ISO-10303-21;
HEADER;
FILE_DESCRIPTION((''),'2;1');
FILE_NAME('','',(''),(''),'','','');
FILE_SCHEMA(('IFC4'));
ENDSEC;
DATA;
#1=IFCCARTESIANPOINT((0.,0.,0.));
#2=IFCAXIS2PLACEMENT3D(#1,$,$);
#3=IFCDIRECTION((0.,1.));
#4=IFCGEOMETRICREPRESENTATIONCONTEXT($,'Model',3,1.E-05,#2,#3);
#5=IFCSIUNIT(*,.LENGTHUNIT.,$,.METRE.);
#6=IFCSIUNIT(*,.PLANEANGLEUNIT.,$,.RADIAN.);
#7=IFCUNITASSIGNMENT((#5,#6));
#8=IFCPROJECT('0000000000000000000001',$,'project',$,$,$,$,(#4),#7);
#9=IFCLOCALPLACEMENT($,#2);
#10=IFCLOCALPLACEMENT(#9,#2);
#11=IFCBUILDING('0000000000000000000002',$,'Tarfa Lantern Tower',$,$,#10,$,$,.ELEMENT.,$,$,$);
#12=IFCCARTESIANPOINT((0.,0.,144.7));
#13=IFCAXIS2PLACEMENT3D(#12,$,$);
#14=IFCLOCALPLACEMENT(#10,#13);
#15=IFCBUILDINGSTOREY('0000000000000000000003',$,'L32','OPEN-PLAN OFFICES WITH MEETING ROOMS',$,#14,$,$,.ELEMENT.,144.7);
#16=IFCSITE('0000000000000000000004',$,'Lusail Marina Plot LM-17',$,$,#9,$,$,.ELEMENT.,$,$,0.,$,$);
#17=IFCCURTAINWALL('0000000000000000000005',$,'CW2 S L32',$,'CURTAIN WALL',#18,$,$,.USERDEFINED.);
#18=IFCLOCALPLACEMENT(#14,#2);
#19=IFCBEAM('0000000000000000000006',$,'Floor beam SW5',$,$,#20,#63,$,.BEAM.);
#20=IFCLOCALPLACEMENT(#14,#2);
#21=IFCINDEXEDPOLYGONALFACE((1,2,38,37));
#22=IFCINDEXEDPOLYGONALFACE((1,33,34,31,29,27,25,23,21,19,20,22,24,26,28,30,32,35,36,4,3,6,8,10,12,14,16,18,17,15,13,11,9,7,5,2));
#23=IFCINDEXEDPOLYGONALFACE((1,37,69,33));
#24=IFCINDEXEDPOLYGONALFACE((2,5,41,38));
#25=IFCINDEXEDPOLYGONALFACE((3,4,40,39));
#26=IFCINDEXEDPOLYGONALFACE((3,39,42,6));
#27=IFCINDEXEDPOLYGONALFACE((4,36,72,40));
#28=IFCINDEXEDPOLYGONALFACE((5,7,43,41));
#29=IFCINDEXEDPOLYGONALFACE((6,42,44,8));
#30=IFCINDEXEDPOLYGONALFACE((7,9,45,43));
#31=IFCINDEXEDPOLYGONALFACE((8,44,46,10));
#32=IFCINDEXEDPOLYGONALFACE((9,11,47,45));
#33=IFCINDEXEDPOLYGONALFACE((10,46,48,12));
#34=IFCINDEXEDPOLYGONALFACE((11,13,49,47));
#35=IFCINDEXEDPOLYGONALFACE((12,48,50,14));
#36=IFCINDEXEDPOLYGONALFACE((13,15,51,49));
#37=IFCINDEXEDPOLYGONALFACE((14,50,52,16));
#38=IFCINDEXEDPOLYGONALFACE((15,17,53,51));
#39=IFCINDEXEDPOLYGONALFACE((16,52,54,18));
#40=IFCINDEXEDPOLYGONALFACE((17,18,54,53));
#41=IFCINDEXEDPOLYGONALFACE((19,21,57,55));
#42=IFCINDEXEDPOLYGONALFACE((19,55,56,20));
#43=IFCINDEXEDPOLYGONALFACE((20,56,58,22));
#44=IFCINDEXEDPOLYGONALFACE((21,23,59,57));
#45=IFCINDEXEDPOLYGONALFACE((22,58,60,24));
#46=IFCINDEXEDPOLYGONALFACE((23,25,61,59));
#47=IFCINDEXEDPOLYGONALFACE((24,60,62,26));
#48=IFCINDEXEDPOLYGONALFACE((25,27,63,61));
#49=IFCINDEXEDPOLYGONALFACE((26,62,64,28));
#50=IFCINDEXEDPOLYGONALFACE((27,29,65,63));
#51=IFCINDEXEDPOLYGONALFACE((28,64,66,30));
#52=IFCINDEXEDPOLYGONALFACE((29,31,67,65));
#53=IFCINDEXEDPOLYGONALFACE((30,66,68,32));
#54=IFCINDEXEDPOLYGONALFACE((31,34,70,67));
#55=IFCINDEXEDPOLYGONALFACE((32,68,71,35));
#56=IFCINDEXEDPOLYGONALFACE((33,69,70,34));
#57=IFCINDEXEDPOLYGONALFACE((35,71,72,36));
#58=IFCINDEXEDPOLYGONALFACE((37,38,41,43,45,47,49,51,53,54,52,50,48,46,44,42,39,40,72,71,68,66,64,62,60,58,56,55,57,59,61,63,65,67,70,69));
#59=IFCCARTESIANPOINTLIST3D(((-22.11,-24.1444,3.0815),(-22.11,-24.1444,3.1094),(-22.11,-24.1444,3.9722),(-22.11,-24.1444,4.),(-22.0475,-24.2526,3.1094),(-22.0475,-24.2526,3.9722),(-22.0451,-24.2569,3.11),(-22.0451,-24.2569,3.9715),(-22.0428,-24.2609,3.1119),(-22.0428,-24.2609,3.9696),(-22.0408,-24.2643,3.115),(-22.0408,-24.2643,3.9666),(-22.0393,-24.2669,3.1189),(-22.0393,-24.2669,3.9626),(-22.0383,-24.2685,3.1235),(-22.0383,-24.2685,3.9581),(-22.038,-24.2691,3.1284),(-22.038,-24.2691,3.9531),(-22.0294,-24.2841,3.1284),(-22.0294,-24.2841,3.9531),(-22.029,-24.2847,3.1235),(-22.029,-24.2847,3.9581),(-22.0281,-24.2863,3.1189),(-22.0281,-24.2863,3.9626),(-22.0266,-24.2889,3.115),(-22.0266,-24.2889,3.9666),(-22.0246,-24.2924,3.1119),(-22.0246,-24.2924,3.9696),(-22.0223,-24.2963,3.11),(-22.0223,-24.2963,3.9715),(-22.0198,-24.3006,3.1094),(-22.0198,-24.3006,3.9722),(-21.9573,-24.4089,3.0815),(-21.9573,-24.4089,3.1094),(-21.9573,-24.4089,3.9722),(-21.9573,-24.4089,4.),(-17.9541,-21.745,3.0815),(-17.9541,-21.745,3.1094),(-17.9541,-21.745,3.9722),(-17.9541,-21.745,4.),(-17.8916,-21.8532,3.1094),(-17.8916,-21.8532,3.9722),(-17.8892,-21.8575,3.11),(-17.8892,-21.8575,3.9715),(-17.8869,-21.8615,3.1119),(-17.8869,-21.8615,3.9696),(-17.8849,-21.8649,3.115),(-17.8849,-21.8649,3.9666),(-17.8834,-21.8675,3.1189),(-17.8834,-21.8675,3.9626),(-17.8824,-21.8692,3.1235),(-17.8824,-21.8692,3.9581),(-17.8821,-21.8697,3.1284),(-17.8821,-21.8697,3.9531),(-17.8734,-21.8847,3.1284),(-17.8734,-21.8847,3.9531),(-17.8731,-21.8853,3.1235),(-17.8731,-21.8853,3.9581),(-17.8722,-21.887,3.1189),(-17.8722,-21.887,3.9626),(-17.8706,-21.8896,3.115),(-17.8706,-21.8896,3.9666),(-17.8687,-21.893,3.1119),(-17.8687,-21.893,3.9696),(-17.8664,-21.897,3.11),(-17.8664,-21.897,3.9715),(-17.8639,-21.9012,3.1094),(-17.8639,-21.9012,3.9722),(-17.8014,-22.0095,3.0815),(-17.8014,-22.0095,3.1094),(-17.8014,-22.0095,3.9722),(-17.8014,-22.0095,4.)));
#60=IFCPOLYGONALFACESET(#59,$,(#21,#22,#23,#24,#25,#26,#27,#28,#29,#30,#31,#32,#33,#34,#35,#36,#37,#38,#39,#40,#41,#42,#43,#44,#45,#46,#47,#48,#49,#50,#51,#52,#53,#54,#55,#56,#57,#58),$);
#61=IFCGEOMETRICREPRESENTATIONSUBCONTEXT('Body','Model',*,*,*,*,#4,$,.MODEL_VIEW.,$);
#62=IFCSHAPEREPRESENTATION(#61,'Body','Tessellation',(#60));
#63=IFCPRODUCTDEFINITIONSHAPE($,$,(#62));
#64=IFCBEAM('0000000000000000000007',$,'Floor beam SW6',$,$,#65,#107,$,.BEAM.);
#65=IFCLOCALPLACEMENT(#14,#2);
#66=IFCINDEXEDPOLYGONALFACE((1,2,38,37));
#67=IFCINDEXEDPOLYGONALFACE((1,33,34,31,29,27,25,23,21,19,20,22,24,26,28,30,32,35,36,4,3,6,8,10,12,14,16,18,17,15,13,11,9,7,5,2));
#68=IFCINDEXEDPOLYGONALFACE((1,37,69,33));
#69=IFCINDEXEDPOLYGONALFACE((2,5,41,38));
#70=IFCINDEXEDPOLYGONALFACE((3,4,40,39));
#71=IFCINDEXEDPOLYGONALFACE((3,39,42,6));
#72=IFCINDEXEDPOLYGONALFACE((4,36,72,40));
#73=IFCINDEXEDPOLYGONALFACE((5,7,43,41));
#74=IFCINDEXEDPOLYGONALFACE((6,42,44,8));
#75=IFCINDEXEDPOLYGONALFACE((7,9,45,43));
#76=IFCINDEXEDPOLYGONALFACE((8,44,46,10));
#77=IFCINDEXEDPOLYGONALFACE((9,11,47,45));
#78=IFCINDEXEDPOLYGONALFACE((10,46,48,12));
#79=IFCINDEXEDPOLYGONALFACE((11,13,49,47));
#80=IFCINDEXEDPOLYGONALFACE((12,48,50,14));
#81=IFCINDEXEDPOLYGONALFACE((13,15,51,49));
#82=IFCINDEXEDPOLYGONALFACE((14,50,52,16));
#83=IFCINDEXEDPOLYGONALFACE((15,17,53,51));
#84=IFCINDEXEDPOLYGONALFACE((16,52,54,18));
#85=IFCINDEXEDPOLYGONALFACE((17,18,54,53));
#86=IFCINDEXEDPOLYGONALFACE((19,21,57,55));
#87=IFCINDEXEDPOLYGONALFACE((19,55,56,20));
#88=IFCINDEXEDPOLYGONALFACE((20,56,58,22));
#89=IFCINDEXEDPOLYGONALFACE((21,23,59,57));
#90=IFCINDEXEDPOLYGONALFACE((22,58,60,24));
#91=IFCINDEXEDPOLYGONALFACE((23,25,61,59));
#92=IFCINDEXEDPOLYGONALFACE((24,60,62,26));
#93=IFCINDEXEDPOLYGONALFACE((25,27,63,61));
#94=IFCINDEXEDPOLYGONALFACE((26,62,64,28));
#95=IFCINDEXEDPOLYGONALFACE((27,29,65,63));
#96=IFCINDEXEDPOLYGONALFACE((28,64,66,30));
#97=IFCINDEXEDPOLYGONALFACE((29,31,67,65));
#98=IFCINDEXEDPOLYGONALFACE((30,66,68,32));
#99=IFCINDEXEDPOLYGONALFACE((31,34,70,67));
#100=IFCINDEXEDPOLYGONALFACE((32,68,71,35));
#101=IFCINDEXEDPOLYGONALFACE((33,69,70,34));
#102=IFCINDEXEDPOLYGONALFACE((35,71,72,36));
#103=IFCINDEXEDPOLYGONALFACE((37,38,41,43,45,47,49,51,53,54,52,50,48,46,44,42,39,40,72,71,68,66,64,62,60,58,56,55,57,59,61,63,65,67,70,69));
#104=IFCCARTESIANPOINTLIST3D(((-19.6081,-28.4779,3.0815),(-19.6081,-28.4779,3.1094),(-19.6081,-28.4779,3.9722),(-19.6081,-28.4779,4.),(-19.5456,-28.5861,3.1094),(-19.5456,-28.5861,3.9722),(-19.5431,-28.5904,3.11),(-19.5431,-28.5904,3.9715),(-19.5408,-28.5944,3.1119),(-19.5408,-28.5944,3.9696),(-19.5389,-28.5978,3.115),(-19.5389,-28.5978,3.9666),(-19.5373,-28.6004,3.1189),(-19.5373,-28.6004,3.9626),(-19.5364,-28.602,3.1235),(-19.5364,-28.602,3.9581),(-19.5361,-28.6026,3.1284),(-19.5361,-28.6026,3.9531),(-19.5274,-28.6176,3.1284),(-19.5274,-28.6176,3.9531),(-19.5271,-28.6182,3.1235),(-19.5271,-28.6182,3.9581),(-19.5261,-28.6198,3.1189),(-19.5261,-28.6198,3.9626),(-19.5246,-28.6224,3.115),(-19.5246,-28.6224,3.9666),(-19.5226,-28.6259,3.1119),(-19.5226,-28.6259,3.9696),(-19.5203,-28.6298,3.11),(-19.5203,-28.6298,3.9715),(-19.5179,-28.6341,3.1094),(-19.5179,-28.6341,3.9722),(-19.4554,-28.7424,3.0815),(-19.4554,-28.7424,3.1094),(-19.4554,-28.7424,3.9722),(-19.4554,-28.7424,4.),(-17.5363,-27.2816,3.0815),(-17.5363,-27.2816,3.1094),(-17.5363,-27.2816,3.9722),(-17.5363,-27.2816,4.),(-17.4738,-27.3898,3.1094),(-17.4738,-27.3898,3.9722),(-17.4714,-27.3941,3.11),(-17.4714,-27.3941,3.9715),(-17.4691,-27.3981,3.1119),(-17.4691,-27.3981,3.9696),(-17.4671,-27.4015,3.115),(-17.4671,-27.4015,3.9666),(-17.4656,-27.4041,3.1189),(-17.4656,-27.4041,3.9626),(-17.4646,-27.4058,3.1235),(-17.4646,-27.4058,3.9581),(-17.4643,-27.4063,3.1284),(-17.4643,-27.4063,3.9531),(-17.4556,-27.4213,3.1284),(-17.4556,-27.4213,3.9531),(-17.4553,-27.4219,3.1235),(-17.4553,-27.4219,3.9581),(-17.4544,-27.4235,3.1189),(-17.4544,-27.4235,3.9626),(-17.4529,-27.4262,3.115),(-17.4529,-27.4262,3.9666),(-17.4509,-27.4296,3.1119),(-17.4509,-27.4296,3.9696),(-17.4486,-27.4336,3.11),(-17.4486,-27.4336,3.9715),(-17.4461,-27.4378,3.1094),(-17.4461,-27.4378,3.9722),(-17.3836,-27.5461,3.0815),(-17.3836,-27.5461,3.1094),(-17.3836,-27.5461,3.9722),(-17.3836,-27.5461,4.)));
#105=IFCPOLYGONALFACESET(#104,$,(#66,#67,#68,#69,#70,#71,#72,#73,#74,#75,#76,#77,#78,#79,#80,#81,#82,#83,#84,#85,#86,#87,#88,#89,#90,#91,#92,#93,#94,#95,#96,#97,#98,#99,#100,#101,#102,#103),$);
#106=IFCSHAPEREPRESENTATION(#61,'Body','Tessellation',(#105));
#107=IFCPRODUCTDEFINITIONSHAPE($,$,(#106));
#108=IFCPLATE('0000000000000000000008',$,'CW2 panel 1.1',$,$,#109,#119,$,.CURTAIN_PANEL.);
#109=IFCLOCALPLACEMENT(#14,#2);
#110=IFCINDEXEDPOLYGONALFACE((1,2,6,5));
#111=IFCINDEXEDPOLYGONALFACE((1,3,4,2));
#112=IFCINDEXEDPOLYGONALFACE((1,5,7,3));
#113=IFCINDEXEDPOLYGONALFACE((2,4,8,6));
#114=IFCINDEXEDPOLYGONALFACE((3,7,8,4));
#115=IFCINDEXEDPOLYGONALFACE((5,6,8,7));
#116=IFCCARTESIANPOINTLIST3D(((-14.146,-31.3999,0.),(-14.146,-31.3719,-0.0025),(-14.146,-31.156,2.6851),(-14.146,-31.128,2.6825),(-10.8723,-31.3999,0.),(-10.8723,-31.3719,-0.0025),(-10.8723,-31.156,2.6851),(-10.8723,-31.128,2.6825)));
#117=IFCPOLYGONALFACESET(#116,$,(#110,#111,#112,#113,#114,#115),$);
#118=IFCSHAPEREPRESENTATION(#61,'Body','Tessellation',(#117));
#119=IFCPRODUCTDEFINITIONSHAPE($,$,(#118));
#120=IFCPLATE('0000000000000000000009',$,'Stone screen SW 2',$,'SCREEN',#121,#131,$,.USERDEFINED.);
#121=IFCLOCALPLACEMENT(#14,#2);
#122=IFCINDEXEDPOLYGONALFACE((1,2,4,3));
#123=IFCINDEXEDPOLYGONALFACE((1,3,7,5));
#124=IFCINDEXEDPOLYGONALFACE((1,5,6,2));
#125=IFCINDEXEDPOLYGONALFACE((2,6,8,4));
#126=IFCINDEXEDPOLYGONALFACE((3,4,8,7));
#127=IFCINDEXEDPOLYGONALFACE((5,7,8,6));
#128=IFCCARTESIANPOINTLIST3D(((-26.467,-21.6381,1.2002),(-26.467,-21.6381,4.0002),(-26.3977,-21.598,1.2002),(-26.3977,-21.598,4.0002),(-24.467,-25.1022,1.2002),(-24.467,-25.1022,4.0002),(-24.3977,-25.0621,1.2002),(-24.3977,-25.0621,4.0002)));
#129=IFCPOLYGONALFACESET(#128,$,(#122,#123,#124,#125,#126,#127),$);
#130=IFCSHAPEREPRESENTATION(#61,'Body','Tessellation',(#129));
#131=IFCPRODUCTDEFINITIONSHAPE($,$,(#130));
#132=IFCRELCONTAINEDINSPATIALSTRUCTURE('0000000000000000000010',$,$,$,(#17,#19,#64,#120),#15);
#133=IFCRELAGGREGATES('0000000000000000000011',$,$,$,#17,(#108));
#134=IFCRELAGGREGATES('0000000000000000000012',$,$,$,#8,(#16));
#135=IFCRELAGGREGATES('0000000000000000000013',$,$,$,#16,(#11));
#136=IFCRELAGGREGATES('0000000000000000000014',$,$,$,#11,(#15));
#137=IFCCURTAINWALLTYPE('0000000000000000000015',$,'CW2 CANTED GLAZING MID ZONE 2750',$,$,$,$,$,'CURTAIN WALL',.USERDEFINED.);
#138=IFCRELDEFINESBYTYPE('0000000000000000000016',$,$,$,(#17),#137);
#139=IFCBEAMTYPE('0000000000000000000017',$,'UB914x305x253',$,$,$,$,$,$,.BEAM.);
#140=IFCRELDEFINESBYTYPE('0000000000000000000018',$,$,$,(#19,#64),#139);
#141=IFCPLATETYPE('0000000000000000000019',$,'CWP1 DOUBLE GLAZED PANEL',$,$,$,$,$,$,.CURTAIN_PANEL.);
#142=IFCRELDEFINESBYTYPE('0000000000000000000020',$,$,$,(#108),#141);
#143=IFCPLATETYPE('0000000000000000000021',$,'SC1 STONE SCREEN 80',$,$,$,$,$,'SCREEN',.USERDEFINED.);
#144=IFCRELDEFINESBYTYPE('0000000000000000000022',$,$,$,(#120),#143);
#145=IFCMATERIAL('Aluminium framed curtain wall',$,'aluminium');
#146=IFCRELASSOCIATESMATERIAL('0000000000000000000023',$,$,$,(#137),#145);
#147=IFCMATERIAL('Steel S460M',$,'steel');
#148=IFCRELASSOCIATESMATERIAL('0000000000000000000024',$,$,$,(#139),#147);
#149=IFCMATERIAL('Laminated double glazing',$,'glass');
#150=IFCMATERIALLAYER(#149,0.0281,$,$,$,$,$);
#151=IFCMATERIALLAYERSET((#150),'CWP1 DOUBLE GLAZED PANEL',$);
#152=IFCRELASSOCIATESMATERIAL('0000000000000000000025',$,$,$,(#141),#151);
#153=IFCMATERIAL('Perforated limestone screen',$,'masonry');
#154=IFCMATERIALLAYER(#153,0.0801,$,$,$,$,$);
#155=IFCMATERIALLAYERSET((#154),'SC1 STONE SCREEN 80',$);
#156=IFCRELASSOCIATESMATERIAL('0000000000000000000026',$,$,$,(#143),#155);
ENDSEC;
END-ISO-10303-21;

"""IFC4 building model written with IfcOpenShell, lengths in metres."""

from ifc_helpers import new_model, si_unit, direction, frame, origin, origin_2d, place, context, subcontext, project, spatial, polyline, rectangle, i_section, outline, extrude, material, layer, layer_set, material_profile, profile_set, type_object, element, aggregate, save


model = new_model("IFC4")

# Units and contexts
model_context = context("Model", 3, precision=1e-05, world=origin(), true_north=direction((0.0, 1.0)))
body_context = subcontext(model_context, "Body", "Model", "MODEL_VIEW")
ifc_project = project(units=[si_unit("LENGTHUNIT", "METRE"), si_unit("PLANEANGLEUNIT", "RADIAN")], contexts=[model_context])

# Site, building, storey
site_placement = place(None, origin())
site = spatial("IfcSite", under=ifc_project, at=site_placement, Name="Lusail Marina Plot LM-17", CompositionType="ELEMENT", RefElevation=0.0)
building_placement = place(site_placement, origin())
building = spatial("IfcBuilding", under=site, at=building_placement, Name="Tarfa Lantern Tower", CompositionType="ELEMENT")
storey_placement = place(building_placement, frame((0.0, 0.0, 144.7)))
storey = spatial("IfcBuildingStorey", under=building, at=storey_placement, Name="L32", Description="OPEN-PLAN OFFICES WITH MEETING ROOMS", CompositionType="ELEMENT", Elevation=144.7)

# Curtain wall
ifc_material_1 = material(Name="Aluminium framed curtain wall", Category="aluminium")
curtain_wall_type = type_object("IfcCurtainWallType", Name="CW2 CANTED GLAZING MID ZONE 2750", ElementType="CURTAIN WALL", PredefinedType="USERDEFINED", material=ifc_material_1)
curtain_wall_placement = place(storey_placement, origin())
curtain_wall = element("IfcCurtainWall", 1, at=curtain_wall_placement, inside=storey, type_object=curtain_wall_type, Name="CW2 S L32", ObjectType="CURTAIN WALL", PredefinedType="USERDEFINED")

# Beams
ifc_material_2 = material(Name="Steel S460M", Category="steel")
ifc_material_profile_1 = material_profile(ifc_material_2, i_section(OverallWidth=0.3054, OverallDepth=0.9185, WebThickness=0.0173, FlangeThickness=0.0278, FilletRadius=0.019, at=origin_2d()), Name="UB914x305x253")
ifc_profile_set_1 = profile_set([ifc_material_profile_1], Name="Steel S460M")
beam_type_1 = type_object("IfcBeamType", Name="UB914x305x253", PredefinedType="BEAM", material=ifc_profile_set_1)
beam_1_placement = place(storey_placement, frame((-22.0337, -24.2766, 3.5408), z_axis=(0.866031, 0.499991, 0.0), x_axis=(-0.499991, 0.866031, 0.0)))
element("IfcBeam", 2, at=beam_1_placement, inside=storey, type_object=beam_type_1, Name="Floor beam SW5", PredefinedType="BEAM", context=body_context, shape_type="SweptSolid", body=[
    extrude(i_section(OverallWidth=0.3054, OverallDepth=0.9185, WebThickness=0.0173, FlangeThickness=0.0278, FilletRadius=0.019, at=origin_2d()), origin(), (0.0, 0.0, 1.0), 4.7988),
])
beam_2_placement = place(storey_placement, frame((-19.5317, -28.6101, 3.5408), z_axis=(0.865999, 0.500046, 0.0), x_axis=(-0.500046, 0.865999, 0.0)))
element("IfcBeam", 3, at=beam_2_placement, inside=storey, type_object=beam_type_1, Name="Floor beam SW6", PredefinedType="BEAM", context=body_context, shape_type="SweptSolid", body=[
    extrude(i_section(OverallWidth=0.3054, OverallDepth=0.9185, WebThickness=0.0173, FlangeThickness=0.0278, FilletRadius=0.019, at=origin_2d()), origin(), (0.0, 0.0, 1.0), 2.3923),
])

# Plates
ifc_material_3 = material(Name="Laminated double glazing", Category="glass")
ifc_layer_1 = layer(ifc_material_3, 0.0281)
ifc_layer_set_1 = layer_set([ifc_layer_1], Name="CWP1 DOUBLE GLAZED PANEL")
plate_type_1 = type_object("IfcPlateType", Name="CWP1 DOUBLE GLAZED PANEL", PredefinedType="CURTAIN_PANEL", material=ifc_layer_set_1)
plate_1_placement = place(storey_placement, frame((-14.146, -31.3999, 0.0), z_axis=(0.0, -0.9959, 0.090462), x_axis=(1.0, 0.0, 0.0)))
plate_1 = element("IfcPlate", 4, at=plate_1_placement, type_object=plate_type_1, Name="CW2 panel 1.1", PredefinedType="CURTAIN_PANEL", context=body_context, shape_type="SweptSolid", body=[
    extrude(outline(polyline([(0.0, 0.0), (3.2737, 0.0), (3.2737, 2.6961), (0.0, 2.6961), (0.0, 0.0)])), origin(), (0.0, 0.0, -1.0), 0.0281),
])
aggregate(curtain_wall, [plate_1])
ifc_material_4 = material(Name="Perforated limestone screen", Category="masonry")
ifc_layer_2 = layer(ifc_material_4, 0.0801)
ifc_layer_set_2 = layer_set([ifc_layer_2], Name="SC1 STONE SCREEN 80")
plate_type_2 = type_object("IfcPlateType", Name="SC1 STONE SCREEN 80", ElementType="SCREEN", PredefinedType="USERDEFINED", material=ifc_layer_set_2)
plate_2_placement = place(storey_placement, frame((-25.4324, -23.3501, 1.2002), z_axis=(0.0, 0.0, 1.0), x_axis=(0.5, -0.866025, 0.0)))
element("IfcPlate", 5, at=plate_2_placement, inside=storey, type_object=plate_type_2, Name="Stone screen SW 2", ObjectType="SCREEN", PredefinedType="USERDEFINED", context=body_context, shape_type="SweptSolid", body=[
    extrude(rectangle(XDim=4.0, YDim=0.0801, at=origin_2d()), origin(), (0.0, 0.0, 1.0), 2.8),
])

save(model, "model.ifc")
